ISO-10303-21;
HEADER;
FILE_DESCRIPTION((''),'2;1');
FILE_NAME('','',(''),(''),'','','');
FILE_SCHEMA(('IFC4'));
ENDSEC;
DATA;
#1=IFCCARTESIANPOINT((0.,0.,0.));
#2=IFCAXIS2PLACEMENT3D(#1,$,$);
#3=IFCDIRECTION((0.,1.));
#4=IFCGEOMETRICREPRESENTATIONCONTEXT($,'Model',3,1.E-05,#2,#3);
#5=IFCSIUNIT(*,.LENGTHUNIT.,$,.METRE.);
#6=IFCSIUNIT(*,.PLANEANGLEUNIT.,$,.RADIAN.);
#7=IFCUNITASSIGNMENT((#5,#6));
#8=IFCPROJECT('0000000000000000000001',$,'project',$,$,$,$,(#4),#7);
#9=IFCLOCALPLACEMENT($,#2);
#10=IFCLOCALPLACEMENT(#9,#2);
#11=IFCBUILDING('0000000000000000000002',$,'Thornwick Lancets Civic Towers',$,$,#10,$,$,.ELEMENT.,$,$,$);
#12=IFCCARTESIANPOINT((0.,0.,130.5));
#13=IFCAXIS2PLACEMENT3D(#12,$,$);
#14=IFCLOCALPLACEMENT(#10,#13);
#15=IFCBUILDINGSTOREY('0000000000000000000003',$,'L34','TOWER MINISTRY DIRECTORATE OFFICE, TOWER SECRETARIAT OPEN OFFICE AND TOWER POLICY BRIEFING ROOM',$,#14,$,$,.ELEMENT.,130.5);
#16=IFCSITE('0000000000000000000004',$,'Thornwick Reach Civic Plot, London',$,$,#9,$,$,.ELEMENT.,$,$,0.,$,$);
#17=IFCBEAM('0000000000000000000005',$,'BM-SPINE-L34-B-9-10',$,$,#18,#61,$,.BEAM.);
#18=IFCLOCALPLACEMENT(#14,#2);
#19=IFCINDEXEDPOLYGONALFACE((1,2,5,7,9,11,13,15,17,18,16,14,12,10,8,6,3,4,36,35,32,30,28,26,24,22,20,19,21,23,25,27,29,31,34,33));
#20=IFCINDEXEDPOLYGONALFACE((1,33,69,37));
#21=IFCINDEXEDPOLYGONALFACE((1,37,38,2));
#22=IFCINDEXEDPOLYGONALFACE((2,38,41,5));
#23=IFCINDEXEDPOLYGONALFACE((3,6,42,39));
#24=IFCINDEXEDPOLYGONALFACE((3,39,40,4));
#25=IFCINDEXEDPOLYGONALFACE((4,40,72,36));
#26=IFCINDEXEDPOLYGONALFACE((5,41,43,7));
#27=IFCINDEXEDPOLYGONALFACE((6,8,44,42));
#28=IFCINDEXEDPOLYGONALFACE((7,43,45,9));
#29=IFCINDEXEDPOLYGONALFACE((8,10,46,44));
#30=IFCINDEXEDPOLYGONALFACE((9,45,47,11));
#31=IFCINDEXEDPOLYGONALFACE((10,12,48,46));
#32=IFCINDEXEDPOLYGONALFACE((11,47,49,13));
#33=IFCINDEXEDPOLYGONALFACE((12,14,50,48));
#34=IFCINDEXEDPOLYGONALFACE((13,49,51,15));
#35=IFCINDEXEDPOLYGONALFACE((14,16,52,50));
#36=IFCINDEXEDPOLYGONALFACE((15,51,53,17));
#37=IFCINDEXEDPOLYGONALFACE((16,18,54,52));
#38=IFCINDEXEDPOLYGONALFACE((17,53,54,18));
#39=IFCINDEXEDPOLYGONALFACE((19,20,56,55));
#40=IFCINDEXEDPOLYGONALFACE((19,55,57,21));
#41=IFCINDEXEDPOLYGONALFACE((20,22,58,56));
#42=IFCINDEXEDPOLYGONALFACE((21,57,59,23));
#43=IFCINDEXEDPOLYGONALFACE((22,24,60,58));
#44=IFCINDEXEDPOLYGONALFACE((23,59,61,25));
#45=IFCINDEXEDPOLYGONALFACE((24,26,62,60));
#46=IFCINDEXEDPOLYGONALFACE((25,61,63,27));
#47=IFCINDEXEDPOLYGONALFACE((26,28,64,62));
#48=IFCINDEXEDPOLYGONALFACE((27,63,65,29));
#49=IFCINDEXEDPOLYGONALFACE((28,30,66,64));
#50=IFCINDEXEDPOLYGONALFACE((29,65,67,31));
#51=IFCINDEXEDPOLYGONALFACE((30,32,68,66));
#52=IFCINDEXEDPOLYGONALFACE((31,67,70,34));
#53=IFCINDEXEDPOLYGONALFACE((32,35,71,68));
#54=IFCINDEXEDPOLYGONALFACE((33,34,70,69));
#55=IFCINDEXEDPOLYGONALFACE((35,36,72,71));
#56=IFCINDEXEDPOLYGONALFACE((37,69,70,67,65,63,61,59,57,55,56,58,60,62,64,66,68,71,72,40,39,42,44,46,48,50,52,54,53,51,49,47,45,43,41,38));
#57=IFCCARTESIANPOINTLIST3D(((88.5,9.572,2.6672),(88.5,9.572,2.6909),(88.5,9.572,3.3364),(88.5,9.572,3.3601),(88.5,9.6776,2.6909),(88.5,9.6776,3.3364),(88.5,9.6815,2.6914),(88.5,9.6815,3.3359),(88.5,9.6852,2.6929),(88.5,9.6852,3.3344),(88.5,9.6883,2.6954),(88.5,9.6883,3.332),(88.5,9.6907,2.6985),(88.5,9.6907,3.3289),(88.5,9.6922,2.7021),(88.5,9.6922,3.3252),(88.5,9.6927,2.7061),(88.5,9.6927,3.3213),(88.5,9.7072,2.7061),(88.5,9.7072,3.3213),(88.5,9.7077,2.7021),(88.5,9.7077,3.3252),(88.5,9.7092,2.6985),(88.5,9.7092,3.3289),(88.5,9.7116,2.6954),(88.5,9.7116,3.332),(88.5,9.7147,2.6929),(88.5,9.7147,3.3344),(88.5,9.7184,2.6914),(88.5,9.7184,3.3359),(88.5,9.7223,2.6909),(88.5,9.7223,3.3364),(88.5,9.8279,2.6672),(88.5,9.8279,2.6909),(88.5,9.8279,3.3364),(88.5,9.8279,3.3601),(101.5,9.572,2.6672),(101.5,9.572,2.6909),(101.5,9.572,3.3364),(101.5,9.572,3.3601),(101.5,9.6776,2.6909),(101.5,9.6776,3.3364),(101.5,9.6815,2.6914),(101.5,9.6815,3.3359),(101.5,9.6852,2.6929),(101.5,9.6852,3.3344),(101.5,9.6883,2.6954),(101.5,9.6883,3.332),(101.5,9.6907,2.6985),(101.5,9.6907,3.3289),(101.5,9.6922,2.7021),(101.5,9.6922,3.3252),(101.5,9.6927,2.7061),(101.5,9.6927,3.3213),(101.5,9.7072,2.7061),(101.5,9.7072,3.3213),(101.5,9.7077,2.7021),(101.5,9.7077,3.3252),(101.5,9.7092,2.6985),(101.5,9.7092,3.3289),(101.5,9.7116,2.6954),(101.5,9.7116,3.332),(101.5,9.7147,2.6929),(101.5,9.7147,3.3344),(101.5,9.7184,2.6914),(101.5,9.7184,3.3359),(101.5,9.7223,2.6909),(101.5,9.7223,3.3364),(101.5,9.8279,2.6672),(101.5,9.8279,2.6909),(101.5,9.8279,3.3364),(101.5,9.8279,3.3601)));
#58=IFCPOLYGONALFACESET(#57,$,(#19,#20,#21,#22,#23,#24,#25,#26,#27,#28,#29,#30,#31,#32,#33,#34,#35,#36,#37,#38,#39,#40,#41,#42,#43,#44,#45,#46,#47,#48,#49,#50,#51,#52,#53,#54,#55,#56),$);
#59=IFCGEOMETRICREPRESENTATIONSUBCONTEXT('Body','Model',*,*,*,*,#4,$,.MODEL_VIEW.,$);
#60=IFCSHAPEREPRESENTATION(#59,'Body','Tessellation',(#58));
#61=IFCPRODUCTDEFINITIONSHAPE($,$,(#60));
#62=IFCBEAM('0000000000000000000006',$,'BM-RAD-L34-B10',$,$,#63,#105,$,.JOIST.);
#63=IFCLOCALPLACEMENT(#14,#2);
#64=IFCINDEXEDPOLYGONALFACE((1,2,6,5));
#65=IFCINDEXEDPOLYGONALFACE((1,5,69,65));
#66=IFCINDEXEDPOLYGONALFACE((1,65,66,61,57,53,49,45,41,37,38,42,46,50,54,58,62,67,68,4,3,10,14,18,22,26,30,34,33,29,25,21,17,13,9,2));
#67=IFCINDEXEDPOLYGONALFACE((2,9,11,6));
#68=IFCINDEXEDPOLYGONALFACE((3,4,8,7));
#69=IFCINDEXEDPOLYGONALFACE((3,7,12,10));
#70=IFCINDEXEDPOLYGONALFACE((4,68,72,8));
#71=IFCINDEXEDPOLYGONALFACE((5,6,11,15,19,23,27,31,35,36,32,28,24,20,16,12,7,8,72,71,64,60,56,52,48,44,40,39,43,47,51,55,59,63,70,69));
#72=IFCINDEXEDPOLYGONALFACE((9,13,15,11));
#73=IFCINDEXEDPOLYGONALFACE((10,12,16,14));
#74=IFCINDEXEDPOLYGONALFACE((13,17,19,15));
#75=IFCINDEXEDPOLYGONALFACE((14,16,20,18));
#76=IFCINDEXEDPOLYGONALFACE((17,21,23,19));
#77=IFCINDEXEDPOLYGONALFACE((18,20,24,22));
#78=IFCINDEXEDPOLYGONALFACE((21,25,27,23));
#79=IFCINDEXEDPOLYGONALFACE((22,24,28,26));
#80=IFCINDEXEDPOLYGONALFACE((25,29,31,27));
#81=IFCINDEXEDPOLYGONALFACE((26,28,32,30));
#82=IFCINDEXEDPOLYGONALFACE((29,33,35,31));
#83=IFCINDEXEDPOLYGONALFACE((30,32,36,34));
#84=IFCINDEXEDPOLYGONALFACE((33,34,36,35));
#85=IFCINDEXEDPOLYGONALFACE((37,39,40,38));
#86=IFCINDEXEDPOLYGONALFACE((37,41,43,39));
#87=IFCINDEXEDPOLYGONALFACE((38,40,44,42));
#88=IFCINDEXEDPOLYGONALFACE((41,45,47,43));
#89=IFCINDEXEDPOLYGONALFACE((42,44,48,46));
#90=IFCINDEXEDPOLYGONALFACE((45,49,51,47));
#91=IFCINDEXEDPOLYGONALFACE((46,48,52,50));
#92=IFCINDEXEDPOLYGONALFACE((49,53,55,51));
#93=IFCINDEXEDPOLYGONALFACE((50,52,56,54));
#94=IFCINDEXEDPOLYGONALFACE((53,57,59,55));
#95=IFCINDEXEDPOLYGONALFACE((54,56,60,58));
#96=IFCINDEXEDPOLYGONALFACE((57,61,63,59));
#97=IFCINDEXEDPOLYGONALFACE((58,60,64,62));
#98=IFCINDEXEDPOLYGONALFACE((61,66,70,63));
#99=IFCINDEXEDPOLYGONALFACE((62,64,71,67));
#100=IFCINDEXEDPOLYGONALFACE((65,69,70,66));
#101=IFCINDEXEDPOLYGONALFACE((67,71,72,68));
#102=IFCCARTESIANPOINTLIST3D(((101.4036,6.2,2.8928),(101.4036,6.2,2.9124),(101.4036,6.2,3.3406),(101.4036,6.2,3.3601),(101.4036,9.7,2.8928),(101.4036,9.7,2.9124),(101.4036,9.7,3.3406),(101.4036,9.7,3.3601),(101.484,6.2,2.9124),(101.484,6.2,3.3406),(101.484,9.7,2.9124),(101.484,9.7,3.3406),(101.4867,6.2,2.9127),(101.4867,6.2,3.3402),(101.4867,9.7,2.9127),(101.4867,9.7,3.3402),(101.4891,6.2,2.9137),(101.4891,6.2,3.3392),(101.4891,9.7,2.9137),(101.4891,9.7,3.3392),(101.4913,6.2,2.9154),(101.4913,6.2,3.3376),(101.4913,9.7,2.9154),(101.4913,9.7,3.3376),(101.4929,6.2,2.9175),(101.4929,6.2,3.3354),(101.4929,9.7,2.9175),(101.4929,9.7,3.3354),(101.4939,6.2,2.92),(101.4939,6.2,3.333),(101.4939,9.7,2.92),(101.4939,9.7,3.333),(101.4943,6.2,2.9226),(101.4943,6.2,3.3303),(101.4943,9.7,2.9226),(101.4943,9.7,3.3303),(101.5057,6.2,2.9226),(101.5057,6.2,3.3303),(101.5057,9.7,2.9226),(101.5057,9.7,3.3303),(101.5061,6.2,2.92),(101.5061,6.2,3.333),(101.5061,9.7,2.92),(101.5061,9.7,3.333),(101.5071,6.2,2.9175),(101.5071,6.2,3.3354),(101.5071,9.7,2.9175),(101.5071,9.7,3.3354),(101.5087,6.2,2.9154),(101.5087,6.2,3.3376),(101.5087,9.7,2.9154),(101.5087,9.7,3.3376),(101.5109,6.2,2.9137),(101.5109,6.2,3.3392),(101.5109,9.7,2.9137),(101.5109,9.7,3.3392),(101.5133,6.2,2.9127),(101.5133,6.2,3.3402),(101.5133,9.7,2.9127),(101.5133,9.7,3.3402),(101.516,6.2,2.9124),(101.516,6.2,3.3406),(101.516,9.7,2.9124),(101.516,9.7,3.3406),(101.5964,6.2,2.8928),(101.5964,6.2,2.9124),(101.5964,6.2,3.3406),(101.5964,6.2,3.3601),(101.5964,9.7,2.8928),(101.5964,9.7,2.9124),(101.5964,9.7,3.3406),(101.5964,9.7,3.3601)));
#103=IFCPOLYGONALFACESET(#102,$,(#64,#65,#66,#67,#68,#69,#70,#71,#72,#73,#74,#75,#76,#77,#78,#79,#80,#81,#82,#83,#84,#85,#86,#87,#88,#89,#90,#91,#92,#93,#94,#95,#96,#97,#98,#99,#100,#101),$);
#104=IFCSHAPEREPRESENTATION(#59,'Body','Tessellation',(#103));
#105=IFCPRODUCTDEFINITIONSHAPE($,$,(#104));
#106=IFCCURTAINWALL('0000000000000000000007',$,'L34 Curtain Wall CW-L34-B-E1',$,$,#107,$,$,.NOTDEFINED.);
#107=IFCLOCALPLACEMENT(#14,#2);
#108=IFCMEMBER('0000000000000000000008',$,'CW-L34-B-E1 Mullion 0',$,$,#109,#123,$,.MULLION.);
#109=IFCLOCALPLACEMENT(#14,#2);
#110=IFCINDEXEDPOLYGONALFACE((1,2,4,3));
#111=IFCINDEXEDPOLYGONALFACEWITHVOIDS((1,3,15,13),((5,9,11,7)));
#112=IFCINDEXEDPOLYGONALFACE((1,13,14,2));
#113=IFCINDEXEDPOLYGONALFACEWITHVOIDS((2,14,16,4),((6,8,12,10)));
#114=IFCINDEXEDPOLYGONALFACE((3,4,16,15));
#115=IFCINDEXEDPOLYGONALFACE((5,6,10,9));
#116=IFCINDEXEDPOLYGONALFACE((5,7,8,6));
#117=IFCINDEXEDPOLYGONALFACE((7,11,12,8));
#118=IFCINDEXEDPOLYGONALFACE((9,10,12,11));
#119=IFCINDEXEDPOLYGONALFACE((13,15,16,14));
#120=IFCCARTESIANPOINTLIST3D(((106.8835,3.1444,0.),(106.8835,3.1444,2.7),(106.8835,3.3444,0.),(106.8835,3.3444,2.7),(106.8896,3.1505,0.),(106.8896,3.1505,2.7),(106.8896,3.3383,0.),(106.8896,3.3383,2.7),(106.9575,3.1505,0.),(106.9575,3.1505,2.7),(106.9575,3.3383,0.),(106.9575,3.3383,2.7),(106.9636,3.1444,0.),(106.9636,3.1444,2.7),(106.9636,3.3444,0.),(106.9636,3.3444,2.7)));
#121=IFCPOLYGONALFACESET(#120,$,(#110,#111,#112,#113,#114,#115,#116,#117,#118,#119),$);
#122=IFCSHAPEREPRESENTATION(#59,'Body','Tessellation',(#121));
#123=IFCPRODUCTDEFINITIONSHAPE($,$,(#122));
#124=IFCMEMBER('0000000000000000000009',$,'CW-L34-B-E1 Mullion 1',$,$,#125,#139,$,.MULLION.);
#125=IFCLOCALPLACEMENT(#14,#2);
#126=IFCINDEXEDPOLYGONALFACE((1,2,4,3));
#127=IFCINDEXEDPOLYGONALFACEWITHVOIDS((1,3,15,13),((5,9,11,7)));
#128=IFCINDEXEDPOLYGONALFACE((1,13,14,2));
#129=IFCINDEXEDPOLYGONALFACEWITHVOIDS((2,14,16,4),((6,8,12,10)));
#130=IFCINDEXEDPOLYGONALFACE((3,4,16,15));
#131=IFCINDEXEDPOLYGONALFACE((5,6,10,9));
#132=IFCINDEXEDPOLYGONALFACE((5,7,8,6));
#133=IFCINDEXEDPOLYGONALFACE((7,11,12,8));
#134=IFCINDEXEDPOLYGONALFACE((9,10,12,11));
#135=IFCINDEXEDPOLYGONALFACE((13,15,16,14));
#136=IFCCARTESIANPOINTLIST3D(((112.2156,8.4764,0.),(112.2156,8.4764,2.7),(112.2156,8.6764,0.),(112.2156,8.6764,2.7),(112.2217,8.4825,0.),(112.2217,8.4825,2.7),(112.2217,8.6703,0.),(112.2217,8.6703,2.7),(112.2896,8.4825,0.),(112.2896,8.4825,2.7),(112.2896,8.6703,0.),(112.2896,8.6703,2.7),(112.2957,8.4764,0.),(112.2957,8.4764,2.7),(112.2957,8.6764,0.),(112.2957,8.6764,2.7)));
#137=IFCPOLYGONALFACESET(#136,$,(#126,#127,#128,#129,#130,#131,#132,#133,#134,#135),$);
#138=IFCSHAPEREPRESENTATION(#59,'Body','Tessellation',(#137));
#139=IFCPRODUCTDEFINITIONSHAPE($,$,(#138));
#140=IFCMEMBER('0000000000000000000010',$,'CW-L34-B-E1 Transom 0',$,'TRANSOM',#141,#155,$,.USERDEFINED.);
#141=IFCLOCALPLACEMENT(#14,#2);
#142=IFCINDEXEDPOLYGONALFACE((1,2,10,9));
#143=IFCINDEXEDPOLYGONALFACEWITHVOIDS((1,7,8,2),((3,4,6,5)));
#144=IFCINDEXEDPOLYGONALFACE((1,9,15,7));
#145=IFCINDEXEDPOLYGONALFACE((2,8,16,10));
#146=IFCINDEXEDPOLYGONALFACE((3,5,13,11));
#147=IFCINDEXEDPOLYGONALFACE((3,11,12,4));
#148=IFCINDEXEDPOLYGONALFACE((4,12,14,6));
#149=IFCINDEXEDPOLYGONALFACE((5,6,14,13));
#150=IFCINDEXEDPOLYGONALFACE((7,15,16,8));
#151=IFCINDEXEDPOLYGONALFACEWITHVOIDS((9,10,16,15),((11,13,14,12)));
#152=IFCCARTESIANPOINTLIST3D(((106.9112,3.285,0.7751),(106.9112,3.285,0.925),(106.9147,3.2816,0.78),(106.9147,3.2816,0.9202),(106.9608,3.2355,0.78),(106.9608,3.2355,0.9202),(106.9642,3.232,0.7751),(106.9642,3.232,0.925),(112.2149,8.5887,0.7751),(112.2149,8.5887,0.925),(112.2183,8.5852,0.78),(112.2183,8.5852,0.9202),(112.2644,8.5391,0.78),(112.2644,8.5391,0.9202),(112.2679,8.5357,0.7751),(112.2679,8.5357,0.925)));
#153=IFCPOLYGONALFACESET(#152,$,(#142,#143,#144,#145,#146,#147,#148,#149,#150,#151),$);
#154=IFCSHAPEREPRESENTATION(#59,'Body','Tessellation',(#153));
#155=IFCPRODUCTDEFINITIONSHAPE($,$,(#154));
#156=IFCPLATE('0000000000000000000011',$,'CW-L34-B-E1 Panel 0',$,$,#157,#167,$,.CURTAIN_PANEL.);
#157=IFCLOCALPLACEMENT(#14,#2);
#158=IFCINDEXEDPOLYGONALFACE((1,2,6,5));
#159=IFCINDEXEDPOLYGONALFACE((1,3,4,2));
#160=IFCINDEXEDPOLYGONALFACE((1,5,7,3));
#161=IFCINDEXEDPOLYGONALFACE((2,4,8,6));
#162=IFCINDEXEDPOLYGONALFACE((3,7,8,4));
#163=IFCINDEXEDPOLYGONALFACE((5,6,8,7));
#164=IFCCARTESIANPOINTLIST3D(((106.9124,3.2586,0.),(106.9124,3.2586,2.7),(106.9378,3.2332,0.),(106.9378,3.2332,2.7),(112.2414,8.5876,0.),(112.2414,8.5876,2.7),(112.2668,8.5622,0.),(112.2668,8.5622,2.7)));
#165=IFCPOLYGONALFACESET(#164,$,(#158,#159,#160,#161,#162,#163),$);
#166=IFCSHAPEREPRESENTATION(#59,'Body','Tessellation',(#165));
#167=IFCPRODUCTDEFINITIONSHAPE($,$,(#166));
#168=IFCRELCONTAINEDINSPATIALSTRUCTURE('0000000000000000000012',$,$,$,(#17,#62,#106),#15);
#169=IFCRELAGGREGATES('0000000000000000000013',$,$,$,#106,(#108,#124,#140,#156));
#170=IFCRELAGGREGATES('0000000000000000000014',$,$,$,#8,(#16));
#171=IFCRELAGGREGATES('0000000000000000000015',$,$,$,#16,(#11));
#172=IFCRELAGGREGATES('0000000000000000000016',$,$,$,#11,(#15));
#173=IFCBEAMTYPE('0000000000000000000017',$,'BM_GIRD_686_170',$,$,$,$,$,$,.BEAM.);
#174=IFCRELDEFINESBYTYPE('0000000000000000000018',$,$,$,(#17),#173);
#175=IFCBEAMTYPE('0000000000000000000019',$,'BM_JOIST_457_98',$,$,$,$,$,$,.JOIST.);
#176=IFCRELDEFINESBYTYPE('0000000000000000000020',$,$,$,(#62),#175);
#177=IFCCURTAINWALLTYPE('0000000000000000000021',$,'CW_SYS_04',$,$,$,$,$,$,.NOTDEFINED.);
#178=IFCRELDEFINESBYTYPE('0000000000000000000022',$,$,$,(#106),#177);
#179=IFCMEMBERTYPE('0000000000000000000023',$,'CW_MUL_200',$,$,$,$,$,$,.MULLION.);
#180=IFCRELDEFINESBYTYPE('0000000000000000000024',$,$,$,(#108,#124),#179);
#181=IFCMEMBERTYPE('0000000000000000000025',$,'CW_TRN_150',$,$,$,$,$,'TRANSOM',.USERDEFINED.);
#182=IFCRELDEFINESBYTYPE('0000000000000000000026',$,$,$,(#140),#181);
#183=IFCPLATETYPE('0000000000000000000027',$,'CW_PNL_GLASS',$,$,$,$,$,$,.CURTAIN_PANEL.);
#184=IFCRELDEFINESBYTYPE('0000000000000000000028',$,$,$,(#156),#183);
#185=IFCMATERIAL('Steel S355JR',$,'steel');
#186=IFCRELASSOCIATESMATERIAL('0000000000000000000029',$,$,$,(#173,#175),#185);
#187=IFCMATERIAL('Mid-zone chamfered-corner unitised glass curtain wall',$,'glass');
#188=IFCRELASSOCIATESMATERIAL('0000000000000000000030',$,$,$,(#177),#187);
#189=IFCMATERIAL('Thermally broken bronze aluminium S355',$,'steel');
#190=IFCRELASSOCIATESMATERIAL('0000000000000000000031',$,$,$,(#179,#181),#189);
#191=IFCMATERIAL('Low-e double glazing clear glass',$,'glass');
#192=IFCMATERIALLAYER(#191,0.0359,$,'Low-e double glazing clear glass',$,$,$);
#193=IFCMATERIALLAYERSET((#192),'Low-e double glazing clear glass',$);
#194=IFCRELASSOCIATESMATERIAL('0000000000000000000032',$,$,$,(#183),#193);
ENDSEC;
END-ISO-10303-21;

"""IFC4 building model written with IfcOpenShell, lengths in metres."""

from ifc_helpers import new_model, si_unit, direction, frame, origin, origin_2d, place, context, subcontext, project, spatial, rectangle, hollow_rectangle, i_section, extrude, material, layer, layer_set, material_profile, profile_set, type_object, element, aggregate, save


model = new_model("IFC4")

# Units and contexts
model_context = context("Model", 3, precision=1e-05, world=origin(), true_north=direction((0.0, 1.0)))
body_context = subcontext(model_context, "Body", "Model", "MODEL_VIEW")
ifc_project = project(units=[si_unit("LENGTHUNIT", "METRE"), si_unit("PLANEANGLEUNIT", "RADIAN")], contexts=[model_context])

# Site, building, storey
site_placement = place(None, origin())
site = spatial("IfcSite", under=ifc_project, at=site_placement, Name="Thornwick Reach Civic Plot, London", CompositionType="ELEMENT", RefElevation=0.0)
building_placement = place(site_placement, origin())
building = spatial("IfcBuilding", under=site, at=building_placement, Name="Thornwick Lancets Civic Towers", CompositionType="ELEMENT")
storey_placement = place(building_placement, frame((0.0, 0.0, 130.5)))
storey = spatial("IfcBuildingStorey", under=building, at=storey_placement, Name="L34", Description="TOWER MINISTRY DIRECTORATE OFFICE, TOWER SECRETARIAT OPEN OFFICE AND TOWER POLICY BRIEFING ROOM", CompositionType="ELEMENT", Elevation=130.5)

# Beams
ifc_material_1 = material(Name="Steel S355JR", Category="steel")
ifc_material_profile_1 = material_profile(ifc_material_1, i_section(OverallWidth=0.2559, OverallDepth=0.6929, WebThickness=0.0144, FlangeThickness=0.0237, FilletRadius=0.0151, at=origin_2d()), Name="UKB 686x254x170")
ifc_profile_set_1 = profile_set([ifc_material_profile_1], Name="Steel S355JR")
beam_type_1 = type_object("IfcBeamType", Name="BM_GIRD_686_170", PredefinedType="BEAM", material=ifc_profile_set_1)
for number, where, z_axis, x_axis, name in (
    (1, (101.5, 9.7, 3.0137), (-1.0, 0.0, 0.0), (0.0, -1.0, 0.0), "BM-SPINE-L34-B-9-10"),
):
    element("IfcBeam", number, at=place(storey_placement, frame(where, z_axis=z_axis, x_axis=x_axis)), inside=storey, type_object=beam_type_1, Name=name, PredefinedType="BEAM", context=body_context, shape_type="SweptSolid", body=[
        extrude(i_section(OverallWidth=0.2559, OverallDepth=0.6929, WebThickness=0.0144, FlangeThickness=0.0237, FilletRadius=0.0151, at=origin_2d()), origin(), (0.0, 0.0, 1.0), 13.0),
    ])
ifc_material_profile_2 = material_profile(ifc_material_1, i_section(OverallWidth=0.1929, OverallDepth=0.4673, WebThickness=0.0115, FlangeThickness=0.0195, FilletRadius=0.0103, at=origin_2d()), Name="UKB 457x191x98")
ifc_profile_set_2 = profile_set([ifc_material_profile_2], Name="Steel S355JR")
beam_type_2 = type_object("IfcBeamType", Name="BM_JOIST_457_98", PredefinedType="JOIST", material=ifc_profile_set_2)
beam_1_placement = place(storey_placement, frame((101.5, 9.7, 3.1265), z_axis=(0.0, -1.0, 0.0), x_axis=(1.0, 0.0, 0.0)))
element("IfcBeam", 2, at=beam_1_placement, inside=storey, type_object=beam_type_2, Name="BM-RAD-L34-B10", PredefinedType="JOIST", context=body_context, shape_type="SweptSolid", body=[
    extrude(i_section(OverallWidth=0.1929, OverallDepth=0.4673, WebThickness=0.0115, FlangeThickness=0.0195, FilletRadius=0.0103, at=origin_2d()), origin(), (0.0, 0.0, 1.0), 3.5),
])

# Curtain wall, members, plate
ifc_material_2 = material(Name="Mid-zone chamfered-corner unitised glass curtain wall", Category="glass")
curtain_wall_type = type_object("IfcCurtainWallType", Name="CW_SYS_04", PredefinedType="NOTDEFINED", material=ifc_material_2)
curtain_wall_placement = place(storey_placement, origin())
curtain_wall = element("IfcCurtainWall", 3, at=curtain_wall_placement, inside=storey, type_object=curtain_wall_type, Name="L34 Curtain Wall CW-L34-B-E1", PredefinedType="NOTDEFINED")
ifc_material_3 = material(Name="Thermally broken bronze aluminium S355", Category="steel")
ifc_material_profile_3 = material_profile(ifc_material_3, hollow_rectangle(XDim=0.0801, YDim=0.2, WallThickness=0.0061, at=origin_2d()), Name="RHS 200x80x6")
ifc_profile_set_3 = profile_set([ifc_material_profile_3], Name="Thermally broken bronze aluminium S355")
member_type_1 = type_object("IfcMemberType", Name="CW_MUL_200", PredefinedType="MULLION", material=ifc_profile_set_3)
member_1_placement = place(storey_placement, frame((106.9236, 3.2444, 0.0), z_axis=(0.0, 0.0, 1.0), x_axis=(1.0, 0.0, 0.0)))
member_1 = element("IfcMember", 4, at=member_1_placement, type_object=member_type_1, Name="CW-L34-B-E1 Mullion 0", PredefinedType="MULLION", context=body_context, shape_type="SweptSolid", body=[
    extrude(hollow_rectangle(XDim=0.0801, YDim=0.2, WallThickness=0.0061, at=origin_2d()), origin(), (0.0, 0.0, 1.0), 2.7),
])
member_2_placement = place(storey_placement, frame((112.2556, 8.5764, 0.0), z_axis=(0.0, 0.0, 1.0), x_axis=(1.0, 0.0, 0.0)))
member_2 = element("IfcMember", 5, at=member_2_placement, type_object=member_type_1, Name="CW-L34-B-E1 Mullion 1", PredefinedType="MULLION", context=body_context, shape_type="SweptSolid", body=[
    extrude(hollow_rectangle(XDim=0.0801, YDim=0.2, WallThickness=0.0061, at=origin_2d()), origin(), (0.0, 0.0, 1.0), 2.7),
])
ifc_material_profile_4 = material_profile(ifc_material_3, hollow_rectangle(XDim=0.075, YDim=0.1499, WallThickness=0.0049, at=origin_2d()), Name="RHS 150x75x5")
ifc_profile_set_4 = profile_set([ifc_material_profile_4], Name="Thermally broken bronze aluminium S355")
member_type_2 = type_object("IfcMemberType", Name="CW_TRN_150", ElementType="TRANSOM", PredefinedType="USERDEFINED", material=ifc_profile_set_4)
member_3_placement = place(storey_placement, frame((106.9377, 3.2585, 0.8501), z_axis=(0.707107, 0.707107, 0.0), x_axis=(-0.707107, 0.707107, 0.0)))
member_3 = element("IfcMember", 6, at=member_3_placement, type_object=member_type_2, Name="CW-L34-B-E1 Transom 0", ObjectType="TRANSOM", PredefinedType="USERDEFINED", context=body_context, shape_type="SweptSolid", body=[
    extrude(hollow_rectangle(XDim=0.075, YDim=0.1499, WallThickness=0.0049, at=origin_2d()), origin(), (0.0, 0.0, 1.0), 7.5005),
])
ifc_material_4 = material(Name="Low-e double glazing clear glass", Category="glass")
ifc_layer_1 = layer(ifc_material_4, 0.0359, Name="Low-e double glazing clear glass")
ifc_layer_set_1 = layer_set([ifc_layer_1], Name="Low-e double glazing clear glass")
plate_type = type_object("IfcPlateType", Name="CW_PNL_GLASS", PredefinedType="CURTAIN_PANEL", material=ifc_layer_set_1)
plate_placement = place(storey_placement, frame((109.5896, 5.9104, 0.0), z_axis=(0.0, 0.0, 1.0), x_axis=(0.707107, 0.707107, 0.0)))
plate = element("IfcPlate", 7, at=plate_placement, type_object=plate_type, Name="CW-L34-B-E1 Panel 0", PredefinedType="CURTAIN_PANEL", context=body_context, shape_type="SweptSolid", body=[
    extrude(rectangle(XDim=7.5364, YDim=0.0359, at=origin_2d()), origin(), (0.0, 0.0, 1.0), 2.7),
])
aggregate(curtain_wall, [member_1, member_2, member_3, plate])

save(model, "model.ifc")
